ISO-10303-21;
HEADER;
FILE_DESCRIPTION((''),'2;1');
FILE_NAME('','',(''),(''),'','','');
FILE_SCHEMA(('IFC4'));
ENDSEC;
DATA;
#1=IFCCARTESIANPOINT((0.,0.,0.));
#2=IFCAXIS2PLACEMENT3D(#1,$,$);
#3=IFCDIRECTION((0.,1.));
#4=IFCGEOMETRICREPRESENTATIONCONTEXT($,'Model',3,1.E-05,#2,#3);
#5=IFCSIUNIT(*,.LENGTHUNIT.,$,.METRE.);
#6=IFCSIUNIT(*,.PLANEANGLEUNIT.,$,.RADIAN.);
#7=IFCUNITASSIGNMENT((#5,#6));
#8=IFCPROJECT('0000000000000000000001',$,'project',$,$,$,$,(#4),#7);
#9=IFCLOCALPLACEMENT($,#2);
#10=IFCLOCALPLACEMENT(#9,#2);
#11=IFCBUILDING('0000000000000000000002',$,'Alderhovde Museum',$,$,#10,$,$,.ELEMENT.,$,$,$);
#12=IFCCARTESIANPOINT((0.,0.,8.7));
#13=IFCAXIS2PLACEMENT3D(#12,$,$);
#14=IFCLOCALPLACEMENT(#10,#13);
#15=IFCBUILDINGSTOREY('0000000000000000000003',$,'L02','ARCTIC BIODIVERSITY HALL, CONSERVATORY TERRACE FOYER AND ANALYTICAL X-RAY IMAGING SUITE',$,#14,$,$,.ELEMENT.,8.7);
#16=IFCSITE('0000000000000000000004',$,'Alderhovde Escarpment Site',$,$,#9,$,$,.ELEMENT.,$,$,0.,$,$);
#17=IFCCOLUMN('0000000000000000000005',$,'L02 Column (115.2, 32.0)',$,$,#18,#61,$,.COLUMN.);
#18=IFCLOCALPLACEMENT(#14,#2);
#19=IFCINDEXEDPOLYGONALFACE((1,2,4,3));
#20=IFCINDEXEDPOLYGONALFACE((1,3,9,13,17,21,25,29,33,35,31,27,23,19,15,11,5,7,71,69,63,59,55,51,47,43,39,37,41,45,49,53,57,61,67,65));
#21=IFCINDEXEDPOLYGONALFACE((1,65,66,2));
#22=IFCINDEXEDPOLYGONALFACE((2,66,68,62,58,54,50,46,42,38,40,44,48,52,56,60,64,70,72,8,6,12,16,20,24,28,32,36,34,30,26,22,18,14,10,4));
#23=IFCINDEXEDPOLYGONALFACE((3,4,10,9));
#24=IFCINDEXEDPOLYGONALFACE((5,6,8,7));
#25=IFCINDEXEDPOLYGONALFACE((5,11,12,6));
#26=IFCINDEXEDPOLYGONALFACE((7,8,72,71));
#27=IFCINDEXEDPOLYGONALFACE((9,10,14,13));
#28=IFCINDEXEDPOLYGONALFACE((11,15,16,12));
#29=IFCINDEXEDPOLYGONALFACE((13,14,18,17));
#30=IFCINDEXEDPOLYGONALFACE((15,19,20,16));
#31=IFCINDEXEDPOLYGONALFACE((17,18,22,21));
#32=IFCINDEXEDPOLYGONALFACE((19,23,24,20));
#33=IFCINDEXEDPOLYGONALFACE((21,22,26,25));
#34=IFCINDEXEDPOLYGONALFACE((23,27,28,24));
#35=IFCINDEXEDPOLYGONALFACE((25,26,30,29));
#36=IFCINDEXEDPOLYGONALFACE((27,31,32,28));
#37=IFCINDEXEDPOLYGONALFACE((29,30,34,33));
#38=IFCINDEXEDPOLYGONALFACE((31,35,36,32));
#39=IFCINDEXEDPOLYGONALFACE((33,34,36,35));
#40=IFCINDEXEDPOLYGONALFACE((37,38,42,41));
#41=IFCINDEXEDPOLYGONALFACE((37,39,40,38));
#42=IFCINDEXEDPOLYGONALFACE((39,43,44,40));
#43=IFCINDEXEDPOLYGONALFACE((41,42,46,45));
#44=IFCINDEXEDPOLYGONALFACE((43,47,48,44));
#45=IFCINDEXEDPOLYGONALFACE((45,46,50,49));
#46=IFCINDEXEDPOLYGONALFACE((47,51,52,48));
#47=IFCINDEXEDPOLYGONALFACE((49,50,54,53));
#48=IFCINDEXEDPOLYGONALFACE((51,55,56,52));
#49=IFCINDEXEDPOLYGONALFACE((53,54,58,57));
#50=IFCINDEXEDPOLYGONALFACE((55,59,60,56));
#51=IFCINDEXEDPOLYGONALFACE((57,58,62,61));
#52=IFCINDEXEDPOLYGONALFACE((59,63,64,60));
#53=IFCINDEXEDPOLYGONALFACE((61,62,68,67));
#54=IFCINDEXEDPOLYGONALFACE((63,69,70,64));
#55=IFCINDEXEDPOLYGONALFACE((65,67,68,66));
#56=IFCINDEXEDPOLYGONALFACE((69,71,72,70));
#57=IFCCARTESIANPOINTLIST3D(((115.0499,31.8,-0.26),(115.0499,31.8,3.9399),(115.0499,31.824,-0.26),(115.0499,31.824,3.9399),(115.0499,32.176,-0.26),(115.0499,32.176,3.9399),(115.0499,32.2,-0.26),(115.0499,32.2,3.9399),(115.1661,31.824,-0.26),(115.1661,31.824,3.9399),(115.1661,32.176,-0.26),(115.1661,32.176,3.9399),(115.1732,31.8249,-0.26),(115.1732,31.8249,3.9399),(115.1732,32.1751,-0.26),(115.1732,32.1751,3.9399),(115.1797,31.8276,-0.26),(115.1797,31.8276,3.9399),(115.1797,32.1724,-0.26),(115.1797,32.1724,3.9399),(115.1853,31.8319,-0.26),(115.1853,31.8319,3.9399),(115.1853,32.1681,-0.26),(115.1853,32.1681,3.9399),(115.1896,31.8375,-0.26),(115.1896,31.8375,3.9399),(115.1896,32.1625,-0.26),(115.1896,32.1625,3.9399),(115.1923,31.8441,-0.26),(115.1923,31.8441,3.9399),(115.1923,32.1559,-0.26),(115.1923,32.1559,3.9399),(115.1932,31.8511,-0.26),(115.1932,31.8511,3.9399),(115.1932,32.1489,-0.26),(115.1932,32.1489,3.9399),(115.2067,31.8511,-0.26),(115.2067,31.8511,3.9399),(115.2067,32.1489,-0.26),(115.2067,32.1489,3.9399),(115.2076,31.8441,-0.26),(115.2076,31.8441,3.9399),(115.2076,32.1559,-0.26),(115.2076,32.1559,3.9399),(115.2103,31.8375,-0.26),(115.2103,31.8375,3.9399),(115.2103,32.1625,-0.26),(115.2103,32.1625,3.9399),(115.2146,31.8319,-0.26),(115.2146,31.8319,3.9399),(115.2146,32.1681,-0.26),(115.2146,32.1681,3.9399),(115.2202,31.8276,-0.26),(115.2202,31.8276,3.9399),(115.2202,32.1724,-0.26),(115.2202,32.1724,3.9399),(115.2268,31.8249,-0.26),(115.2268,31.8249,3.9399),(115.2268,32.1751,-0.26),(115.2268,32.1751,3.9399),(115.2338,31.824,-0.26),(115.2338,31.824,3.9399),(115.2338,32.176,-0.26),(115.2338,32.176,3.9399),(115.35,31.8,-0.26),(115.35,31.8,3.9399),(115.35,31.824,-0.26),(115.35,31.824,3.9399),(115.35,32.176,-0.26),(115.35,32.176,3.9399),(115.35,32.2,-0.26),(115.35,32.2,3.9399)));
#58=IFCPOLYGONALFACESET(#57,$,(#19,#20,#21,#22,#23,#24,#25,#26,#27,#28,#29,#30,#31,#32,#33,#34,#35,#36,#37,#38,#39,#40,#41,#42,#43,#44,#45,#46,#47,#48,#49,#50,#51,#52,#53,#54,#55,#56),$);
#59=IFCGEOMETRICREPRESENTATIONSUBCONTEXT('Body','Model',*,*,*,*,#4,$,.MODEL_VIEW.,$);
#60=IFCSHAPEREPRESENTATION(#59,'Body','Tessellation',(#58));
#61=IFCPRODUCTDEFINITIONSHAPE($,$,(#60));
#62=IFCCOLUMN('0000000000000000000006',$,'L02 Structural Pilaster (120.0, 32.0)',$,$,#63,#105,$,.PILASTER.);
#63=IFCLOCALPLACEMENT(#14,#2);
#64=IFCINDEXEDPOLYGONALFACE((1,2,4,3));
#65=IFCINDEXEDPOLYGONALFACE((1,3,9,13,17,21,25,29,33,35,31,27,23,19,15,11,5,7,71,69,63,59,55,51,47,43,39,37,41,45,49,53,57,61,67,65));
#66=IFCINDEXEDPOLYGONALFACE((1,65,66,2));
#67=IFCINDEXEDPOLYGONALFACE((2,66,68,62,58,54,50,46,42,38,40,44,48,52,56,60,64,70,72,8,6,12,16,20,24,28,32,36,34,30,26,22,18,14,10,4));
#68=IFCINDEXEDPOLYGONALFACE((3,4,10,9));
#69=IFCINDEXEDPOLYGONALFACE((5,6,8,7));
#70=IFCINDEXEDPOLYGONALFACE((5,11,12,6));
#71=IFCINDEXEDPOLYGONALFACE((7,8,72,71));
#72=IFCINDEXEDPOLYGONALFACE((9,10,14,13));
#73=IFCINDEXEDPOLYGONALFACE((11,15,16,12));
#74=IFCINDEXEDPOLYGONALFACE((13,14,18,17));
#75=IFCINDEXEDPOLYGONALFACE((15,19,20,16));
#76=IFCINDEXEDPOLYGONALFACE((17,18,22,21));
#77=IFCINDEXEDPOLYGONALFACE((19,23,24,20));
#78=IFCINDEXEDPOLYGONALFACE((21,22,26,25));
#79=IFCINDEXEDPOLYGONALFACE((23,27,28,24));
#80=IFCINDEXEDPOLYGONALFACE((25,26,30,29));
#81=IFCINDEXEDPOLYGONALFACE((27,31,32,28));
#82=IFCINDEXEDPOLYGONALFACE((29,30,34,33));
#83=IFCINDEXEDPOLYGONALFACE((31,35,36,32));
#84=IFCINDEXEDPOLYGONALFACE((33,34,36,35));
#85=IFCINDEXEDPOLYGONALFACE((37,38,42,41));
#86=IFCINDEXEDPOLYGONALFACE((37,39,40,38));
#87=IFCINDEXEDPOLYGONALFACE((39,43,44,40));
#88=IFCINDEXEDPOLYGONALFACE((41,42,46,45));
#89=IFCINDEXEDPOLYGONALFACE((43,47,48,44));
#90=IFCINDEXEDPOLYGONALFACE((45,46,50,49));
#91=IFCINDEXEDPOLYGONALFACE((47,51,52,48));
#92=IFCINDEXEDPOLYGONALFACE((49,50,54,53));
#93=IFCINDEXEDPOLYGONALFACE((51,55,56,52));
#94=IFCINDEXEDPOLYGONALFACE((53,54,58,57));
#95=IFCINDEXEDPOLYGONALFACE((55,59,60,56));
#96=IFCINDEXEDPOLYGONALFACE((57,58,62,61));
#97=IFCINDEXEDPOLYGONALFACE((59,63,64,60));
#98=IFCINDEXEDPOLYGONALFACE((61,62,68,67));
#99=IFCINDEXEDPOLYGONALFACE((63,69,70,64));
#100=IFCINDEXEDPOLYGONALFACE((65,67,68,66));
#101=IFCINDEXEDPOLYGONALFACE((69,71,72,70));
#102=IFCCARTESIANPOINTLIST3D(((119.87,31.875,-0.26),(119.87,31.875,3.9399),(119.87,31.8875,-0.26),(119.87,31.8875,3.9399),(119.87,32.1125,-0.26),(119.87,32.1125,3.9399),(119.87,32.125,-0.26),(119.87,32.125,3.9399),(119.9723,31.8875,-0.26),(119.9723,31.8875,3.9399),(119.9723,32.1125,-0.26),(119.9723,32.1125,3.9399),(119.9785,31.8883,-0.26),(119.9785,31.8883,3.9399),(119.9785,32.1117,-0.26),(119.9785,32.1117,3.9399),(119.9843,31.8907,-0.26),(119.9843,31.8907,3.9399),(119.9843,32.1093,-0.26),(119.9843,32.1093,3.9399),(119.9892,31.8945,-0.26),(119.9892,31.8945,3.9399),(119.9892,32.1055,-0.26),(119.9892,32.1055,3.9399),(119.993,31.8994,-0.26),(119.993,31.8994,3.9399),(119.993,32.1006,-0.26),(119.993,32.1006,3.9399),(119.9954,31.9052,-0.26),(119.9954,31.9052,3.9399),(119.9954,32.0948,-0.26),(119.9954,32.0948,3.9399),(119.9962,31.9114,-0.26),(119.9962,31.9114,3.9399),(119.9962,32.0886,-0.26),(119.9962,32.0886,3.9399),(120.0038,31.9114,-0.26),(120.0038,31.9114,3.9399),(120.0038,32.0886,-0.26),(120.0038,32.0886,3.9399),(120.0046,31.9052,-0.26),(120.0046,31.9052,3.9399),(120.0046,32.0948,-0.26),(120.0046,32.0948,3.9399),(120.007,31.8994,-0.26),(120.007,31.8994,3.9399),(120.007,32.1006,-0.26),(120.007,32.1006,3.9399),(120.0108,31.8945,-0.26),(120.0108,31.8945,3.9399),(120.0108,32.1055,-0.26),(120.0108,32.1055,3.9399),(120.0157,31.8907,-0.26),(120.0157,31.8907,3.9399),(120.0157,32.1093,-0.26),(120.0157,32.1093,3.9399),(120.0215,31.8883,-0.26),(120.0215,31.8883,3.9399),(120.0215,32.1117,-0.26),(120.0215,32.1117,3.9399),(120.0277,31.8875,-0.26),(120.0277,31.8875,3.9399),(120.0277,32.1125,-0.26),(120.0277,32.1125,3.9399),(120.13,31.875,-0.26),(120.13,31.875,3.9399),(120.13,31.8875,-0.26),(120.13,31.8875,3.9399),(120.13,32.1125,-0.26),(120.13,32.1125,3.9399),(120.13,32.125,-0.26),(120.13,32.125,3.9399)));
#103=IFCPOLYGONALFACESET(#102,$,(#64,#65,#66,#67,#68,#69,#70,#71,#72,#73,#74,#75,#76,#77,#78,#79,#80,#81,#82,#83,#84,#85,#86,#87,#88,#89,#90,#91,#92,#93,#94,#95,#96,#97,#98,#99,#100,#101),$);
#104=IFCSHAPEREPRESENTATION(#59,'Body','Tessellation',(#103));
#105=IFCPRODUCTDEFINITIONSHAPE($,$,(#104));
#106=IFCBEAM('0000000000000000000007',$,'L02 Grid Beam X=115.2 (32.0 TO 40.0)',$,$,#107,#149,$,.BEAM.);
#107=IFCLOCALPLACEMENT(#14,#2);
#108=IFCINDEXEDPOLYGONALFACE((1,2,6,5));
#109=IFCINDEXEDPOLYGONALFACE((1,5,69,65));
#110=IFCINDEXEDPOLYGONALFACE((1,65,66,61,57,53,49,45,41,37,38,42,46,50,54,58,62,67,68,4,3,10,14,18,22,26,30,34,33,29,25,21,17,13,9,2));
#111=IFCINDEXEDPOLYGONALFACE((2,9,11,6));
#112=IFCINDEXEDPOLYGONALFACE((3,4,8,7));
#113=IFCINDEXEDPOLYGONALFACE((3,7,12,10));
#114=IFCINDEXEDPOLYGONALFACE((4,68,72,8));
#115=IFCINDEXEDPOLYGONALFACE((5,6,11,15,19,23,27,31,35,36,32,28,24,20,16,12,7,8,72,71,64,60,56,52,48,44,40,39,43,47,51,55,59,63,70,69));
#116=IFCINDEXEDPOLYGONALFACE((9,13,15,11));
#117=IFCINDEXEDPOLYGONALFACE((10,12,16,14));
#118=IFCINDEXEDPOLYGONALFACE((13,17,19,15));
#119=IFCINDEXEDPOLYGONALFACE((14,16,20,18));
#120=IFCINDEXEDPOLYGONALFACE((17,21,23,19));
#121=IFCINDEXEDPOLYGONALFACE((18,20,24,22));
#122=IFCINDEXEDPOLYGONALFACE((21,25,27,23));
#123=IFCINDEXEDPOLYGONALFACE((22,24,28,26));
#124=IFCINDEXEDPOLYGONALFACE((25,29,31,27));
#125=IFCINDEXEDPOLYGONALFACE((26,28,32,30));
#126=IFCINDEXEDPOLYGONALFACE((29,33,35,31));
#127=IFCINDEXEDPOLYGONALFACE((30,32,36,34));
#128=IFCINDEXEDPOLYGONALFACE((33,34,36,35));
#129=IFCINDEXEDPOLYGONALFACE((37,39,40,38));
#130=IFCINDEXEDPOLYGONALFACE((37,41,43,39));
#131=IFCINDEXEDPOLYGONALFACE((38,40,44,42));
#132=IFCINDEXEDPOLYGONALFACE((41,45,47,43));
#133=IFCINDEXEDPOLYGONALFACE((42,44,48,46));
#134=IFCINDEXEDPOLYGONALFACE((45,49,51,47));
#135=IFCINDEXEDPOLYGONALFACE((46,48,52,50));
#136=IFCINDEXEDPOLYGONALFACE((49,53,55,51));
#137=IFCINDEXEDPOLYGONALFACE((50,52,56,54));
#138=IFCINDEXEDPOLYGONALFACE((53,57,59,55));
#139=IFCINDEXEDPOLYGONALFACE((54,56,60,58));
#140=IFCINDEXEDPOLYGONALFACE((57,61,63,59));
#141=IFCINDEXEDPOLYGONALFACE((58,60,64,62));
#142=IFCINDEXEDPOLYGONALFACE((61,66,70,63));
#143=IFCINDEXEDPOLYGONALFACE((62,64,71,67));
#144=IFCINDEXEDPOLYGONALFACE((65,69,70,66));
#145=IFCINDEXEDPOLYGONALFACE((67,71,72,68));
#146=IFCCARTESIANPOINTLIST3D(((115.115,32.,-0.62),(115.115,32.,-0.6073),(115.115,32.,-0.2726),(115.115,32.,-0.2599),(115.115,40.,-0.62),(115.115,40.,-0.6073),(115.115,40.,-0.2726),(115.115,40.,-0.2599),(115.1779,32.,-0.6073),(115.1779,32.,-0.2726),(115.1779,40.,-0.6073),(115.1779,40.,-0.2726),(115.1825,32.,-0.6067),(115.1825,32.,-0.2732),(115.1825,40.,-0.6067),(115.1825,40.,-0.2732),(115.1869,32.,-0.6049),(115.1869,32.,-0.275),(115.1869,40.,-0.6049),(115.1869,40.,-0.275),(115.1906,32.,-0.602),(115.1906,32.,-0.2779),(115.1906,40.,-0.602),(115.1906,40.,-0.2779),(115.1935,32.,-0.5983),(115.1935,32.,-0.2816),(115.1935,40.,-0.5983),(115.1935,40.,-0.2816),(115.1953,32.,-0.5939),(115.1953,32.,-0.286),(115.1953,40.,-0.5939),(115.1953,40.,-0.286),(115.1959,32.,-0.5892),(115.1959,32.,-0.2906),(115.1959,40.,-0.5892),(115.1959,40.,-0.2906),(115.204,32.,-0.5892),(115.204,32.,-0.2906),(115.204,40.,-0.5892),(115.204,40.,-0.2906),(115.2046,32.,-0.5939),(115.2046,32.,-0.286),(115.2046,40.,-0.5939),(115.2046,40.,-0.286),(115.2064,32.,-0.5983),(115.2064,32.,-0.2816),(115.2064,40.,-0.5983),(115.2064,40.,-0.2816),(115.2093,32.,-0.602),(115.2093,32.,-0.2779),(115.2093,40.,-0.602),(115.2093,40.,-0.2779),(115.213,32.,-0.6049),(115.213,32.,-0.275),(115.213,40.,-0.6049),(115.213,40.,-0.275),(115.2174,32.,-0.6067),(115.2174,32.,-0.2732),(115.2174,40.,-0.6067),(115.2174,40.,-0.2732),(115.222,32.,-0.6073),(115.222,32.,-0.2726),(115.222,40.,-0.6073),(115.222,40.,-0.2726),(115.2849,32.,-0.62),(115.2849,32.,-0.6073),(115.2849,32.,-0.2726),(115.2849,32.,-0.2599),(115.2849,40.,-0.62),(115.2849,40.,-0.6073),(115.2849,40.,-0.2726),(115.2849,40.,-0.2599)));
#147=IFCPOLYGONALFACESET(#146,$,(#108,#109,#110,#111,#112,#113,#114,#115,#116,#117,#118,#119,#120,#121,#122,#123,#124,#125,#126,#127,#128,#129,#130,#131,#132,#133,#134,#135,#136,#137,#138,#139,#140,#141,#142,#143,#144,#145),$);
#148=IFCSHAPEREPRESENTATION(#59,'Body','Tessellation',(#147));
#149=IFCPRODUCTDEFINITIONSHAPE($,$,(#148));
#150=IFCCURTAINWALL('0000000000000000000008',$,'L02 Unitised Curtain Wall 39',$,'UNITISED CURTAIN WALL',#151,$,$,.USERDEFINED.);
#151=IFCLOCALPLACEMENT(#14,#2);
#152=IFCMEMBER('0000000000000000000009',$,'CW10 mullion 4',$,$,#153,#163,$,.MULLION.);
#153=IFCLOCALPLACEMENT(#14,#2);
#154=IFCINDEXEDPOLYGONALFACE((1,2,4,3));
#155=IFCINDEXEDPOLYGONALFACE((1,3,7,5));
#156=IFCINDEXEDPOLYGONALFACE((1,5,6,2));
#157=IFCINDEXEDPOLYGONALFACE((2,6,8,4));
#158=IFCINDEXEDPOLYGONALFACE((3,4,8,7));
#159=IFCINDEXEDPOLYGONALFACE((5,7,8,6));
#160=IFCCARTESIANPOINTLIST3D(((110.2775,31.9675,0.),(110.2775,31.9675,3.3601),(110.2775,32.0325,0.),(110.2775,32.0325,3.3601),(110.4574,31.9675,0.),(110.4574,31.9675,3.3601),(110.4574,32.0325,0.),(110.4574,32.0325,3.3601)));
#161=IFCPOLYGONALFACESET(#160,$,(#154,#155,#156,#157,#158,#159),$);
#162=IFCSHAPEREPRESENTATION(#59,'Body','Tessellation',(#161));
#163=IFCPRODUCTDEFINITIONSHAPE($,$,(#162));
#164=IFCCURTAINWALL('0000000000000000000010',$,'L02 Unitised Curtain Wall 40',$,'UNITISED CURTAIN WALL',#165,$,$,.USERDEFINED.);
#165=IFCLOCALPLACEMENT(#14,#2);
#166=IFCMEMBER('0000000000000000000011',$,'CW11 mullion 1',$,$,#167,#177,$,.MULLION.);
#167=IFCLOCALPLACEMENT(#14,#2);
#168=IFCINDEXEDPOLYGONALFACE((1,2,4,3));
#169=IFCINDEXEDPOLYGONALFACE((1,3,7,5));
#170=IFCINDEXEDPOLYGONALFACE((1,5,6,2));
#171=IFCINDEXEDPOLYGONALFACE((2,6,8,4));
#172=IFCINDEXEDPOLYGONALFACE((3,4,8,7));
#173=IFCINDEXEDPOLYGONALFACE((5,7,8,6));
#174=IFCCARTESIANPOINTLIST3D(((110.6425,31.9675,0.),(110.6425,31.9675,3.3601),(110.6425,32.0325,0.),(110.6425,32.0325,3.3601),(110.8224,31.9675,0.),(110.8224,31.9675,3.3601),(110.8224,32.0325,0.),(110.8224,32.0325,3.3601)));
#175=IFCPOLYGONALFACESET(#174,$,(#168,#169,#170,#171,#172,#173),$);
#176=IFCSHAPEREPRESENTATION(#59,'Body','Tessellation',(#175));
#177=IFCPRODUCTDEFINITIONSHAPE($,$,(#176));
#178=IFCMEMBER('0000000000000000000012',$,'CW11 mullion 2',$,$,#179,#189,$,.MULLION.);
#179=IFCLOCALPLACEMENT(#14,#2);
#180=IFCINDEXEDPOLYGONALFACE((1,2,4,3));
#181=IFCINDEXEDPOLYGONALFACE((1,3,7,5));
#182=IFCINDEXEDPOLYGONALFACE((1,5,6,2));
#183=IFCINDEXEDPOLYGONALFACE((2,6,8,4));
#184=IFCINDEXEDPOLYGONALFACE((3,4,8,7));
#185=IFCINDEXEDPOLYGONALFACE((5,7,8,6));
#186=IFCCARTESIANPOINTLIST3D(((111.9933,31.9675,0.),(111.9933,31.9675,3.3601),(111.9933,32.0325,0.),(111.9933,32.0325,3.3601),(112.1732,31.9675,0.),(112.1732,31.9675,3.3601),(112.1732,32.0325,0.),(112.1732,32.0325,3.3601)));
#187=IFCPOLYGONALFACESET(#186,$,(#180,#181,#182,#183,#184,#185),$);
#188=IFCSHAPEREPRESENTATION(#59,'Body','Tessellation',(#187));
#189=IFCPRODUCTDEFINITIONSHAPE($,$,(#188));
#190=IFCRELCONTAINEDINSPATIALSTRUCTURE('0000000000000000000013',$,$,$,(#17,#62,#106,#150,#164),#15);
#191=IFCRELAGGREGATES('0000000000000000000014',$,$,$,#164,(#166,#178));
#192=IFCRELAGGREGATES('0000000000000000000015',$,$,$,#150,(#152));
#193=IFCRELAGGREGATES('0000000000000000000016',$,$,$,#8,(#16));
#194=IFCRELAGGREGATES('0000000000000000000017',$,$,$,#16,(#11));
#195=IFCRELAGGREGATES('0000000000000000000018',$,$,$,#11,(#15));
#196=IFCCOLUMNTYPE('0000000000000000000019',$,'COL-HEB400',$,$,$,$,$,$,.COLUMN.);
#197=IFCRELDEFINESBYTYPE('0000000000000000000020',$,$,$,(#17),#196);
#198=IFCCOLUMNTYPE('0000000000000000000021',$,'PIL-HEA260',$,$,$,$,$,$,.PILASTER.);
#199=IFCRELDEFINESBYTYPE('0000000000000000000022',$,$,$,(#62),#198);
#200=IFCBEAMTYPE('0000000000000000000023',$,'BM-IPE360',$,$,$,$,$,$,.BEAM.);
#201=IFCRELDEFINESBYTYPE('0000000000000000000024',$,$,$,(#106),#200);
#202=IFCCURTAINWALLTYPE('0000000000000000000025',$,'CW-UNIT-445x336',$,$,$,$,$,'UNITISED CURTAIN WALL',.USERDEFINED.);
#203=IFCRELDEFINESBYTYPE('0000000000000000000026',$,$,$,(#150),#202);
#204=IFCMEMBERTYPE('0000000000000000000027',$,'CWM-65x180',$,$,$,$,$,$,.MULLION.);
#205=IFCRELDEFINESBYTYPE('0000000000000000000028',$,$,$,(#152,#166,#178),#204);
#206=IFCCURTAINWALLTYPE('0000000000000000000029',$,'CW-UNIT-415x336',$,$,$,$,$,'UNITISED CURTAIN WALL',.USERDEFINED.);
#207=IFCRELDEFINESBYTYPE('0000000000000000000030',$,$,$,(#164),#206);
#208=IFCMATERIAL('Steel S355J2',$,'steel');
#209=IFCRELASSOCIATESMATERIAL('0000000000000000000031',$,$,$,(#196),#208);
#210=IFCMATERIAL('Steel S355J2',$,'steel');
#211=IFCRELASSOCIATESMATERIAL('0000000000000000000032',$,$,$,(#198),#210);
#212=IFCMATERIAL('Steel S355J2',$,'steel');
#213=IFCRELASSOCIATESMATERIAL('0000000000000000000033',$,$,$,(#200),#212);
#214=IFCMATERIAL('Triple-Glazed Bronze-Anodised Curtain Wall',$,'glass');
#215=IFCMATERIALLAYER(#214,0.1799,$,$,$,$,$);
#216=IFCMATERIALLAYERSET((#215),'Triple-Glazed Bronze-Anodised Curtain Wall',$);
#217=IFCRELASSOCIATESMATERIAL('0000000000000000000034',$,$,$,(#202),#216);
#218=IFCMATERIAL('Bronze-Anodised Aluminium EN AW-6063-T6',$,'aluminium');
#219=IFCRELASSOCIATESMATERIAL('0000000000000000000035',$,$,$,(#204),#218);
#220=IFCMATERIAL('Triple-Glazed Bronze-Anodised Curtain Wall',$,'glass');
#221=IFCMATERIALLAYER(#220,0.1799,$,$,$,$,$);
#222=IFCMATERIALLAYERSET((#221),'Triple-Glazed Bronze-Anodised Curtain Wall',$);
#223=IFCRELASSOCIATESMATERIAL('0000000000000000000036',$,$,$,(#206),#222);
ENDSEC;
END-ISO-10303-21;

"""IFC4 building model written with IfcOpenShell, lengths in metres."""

from ifc_helpers import new_model, si_unit, direction, frame, origin, origin_2d, place, context, subcontext, project, spatial, rectangle, i_section, extrude, material, layer, layer_set, material_profile, profile_set, type_object, element, aggregate, save


model = new_model("IFC4")

# Units and contexts
model_context = context("Model", 3, precision=1e-05, world=origin(), true_north=direction((0.0, 1.0)))
body_context = subcontext(model_context, "Body", "Model", "MODEL_VIEW")
ifc_project = project(units=[si_unit("LENGTHUNIT", "METRE"), si_unit("PLANEANGLEUNIT", "RADIAN")], contexts=[model_context])

# Site, building, storey
site_placement = place(None, origin())
site = spatial("IfcSite", under=ifc_project, at=site_placement, Name="Alderhovde Escarpment Site", CompositionType="ELEMENT", RefElevation=0.0)
building_placement = place(site_placement, origin())
building = spatial("IfcBuilding", under=site, at=building_placement, Name="Alderhovde Museum", CompositionType="ELEMENT")
storey_placement = place(building_placement, frame((0.0, 0.0, 8.7)))
storey = spatial("IfcBuildingStorey", under=building, at=storey_placement, Name="L02", Description="ARCTIC BIODIVERSITY HALL, CONSERVATORY TERRACE FOYER AND ANALYTICAL X-RAY IMAGING SUITE", CompositionType="ELEMENT", Elevation=8.7)

# Columns
ifc_material_1 = material(Name="Steel S355J2", Category="steel")
ifc_material_profile_1 = material_profile(ifc_material_1, i_section(OverallWidth=0.3, OverallDepth=0.3999, WebThickness=0.0134, FlangeThickness=0.0239, FilletRadius=0.0271, at=origin_2d()), Name="HEB 400")
ifc_profile_set_1 = profile_set([ifc_material_profile_1], Name="Steel S355J2")
column_type_1 = type_object("IfcColumnType", Name="COL-HEB400", PredefinedType="COLUMN", material=ifc_profile_set_1)
column_1_placement = place(storey_placement, frame((115.2, 32.0, -0.26), z_axis=(0.0, 0.0, 1.0), x_axis=(1.0, 0.0, 0.0)))
element("IfcColumn", 1, at=column_1_placement, inside=storey, type_object=column_type_1, Name="L02 Column (115.2, 32.0)", PredefinedType="COLUMN", context=body_context, shape_type="SweptSolid", body=[
    extrude(i_section(OverallWidth=0.3, OverallDepth=0.3999, WebThickness=0.0134, FlangeThickness=0.0239, FilletRadius=0.0271, at=origin_2d()), origin(), (0.0, 0.0, 1.0), 4.2),
])
ifc_material_2 = material(Name="Steel S355J2", Category="steel")
ifc_material_profile_2 = material_profile(ifc_material_2, i_section(OverallWidth=0.26, OverallDepth=0.25, WebThickness=0.0076, FlangeThickness=0.0125, FilletRadius=0.0239, at=origin_2d()), Name="HEA 260")
ifc_profile_set_2 = profile_set([ifc_material_profile_2], Name="Steel S355J2")
column_type_2 = type_object("IfcColumnType", Name="PIL-HEA260", PredefinedType="PILASTER", material=ifc_profile_set_2)
column_2_placement = place(storey_placement, frame((120.0, 32.0, -0.26), z_axis=(0.0, 0.0, 1.0), x_axis=(1.0, 0.0, 0.0)))
element("IfcColumn", 2, at=column_2_placement, inside=storey, type_object=column_type_2, Name="L02 Structural Pilaster (120.0, 32.0)", PredefinedType="PILASTER", context=body_context, shape_type="SweptSolid", body=[
    extrude(i_section(OverallWidth=0.26, OverallDepth=0.25, WebThickness=0.0076, FlangeThickness=0.0125, FilletRadius=0.0239, at=origin_2d()), origin(), (0.0, 0.0, 1.0), 4.2),
])

# Beam
ifc_material_3 = material(Name="Steel S355J2", Category="steel")
ifc_material_profile_3 = material_profile(ifc_material_3, i_section(OverallWidth=0.1699, OverallDepth=0.3601, WebThickness=0.0081, FlangeThickness=0.0127, FilletRadius=0.0181, at=origin_2d()), Name="IPE 360")
ifc_profile_set_3 = profile_set([ifc_material_profile_3], Name="Steel S355J2")
beam_type_1 = type_object("IfcBeamType", Name="BM-IPE360", PredefinedType="BEAM", material=ifc_profile_set_3)
beam_1_placement = place(storey_placement, frame((115.2, 32.0, -0.4399), z_axis=(0.0, 1.0, 0.0), x_axis=(-1.0, 0.0, 0.0)))
element("IfcBeam", 3, at=beam_1_placement, inside=storey, type_object=beam_type_1, Name="L02 Grid Beam X=115.2 (32.0 TO 40.0)", PredefinedType="BEAM", context=body_context, shape_type="SweptSolid", body=[
    extrude(i_section(OverallWidth=0.1699, OverallDepth=0.3601, WebThickness=0.0081, FlangeThickness=0.0127, FilletRadius=0.0181, at=origin_2d()), origin(), (0.0, 0.0, 1.0), 8.0),
])

# Curtain wall, member
ifc_material_4 = material(Name="Triple-Glazed Bronze-Anodised Curtain Wall", Category="glass")
ifc_layer_1 = layer(ifc_material_4, 0.1799)
ifc_layer_set_1 = layer_set([ifc_layer_1], Name="Triple-Glazed Bronze-Anodised Curtain Wall")
curtain_wall_type_1 = type_object("IfcCurtainWallType", Name="CW-UNIT-445x336", ElementType="UNITISED CURTAIN WALL", PredefinedType="USERDEFINED", material=ifc_layer_set_1)
curtain_wall_1_placement = place(storey_placement, origin())
curtain_wall_1 = element("IfcCurtainWall", 4, at=curtain_wall_1_placement, inside=storey, type_object=curtain_wall_type_1, Name="L02 Unitised Curtain Wall 39", ObjectType="UNITISED CURTAIN WALL", PredefinedType="USERDEFINED")
ifc_material_5 = material(Name="Bronze-Anodised Aluminium EN AW-6063-T6", Category="aluminium")
ifc_material_profile_4 = material_profile(ifc_material_5, rectangle(XDim=0.0649, YDim=0.1799, at=origin_2d()), Name="MULLION 65x180")
ifc_profile_set_4 = profile_set([ifc_material_profile_4], Name="Bronze-Anodised Aluminium EN AW-6063-T6")
member_type_1 = type_object("IfcMemberType", Name="CWM-65x180", PredefinedType="MULLION", material=ifc_profile_set_4)
member_1_placement = place(storey_placement, frame((110.3674, 32.0, 0.0), z_axis=(0.0, 0.0, 1.0), x_axis=(0.0, 1.0, 0.0)))
member_1 = element("IfcMember", 5, at=member_1_placement, type_object=member_type_1, Name="CW10 mullion 4", PredefinedType="MULLION", context=body_context, shape_type="SweptSolid", body=[
    extrude(rectangle(XDim=0.0649, YDim=0.1799, at=origin_2d()), origin(), (0.0, 0.0, 1.0), 3.3601),
])

# Curtain wall, members
ifc_material_6 = material(Name="Triple-Glazed Bronze-Anodised Curtain Wall", Category="glass")
ifc_layer_2 = layer(ifc_material_6, 0.1799)
ifc_layer_set_2 = layer_set([ifc_layer_2], Name="Triple-Glazed Bronze-Anodised Curtain Wall")
curtain_wall_type_2 = type_object("IfcCurtainWallType", Name="CW-UNIT-415x336", ElementType="UNITISED CURTAIN WALL", PredefinedType="USERDEFINED", material=ifc_layer_set_2)
curtain_wall_2_placement = place(storey_placement, origin())
curtain_wall_2 = element("IfcCurtainWall", 6, at=curtain_wall_2_placement, inside=storey, type_object=curtain_wall_type_2, Name="L02 Unitised Curtain Wall 40", ObjectType="UNITISED CURTAIN WALL", PredefinedType="USERDEFINED")
member_2_placement = place(storey_placement, frame((110.7324, 32.0, 0.0), z_axis=(0.0, 0.0, 1.0), x_axis=(0.0, 1.0, 0.0)))
member_2 = element("IfcMember", 7, at=member_2_placement, type_object=member_type_1, Name="CW11 mullion 1", PredefinedType="MULLION", context=body_context, shape_type="SweptSolid", body=[
    extrude(rectangle(XDim=0.0649, YDim=0.1799, at=origin_2d()), origin(), (0.0, 0.0, 1.0), 3.3601),
])
member_3_placement = place(storey_placement, frame((112.0833, 32.0, 0.0), z_axis=(0.0, 0.0, 1.0), x_axis=(0.0, 1.0, 0.0)))
member_3 = element("IfcMember", 8, at=member_3_placement, type_object=member_type_1, Name="CW11 mullion 2", PredefinedType="MULLION", context=body_context, shape_type="SweptSolid", body=[
    extrude(rectangle(XDim=0.0649, YDim=0.1799, at=origin_2d()), origin(), (0.0, 0.0, 1.0), 3.3601),
])

aggregate(curtain_wall_2, [member_2, member_3])
aggregate(curtain_wall_1, [member_1])

save(model, "model.ifc")
